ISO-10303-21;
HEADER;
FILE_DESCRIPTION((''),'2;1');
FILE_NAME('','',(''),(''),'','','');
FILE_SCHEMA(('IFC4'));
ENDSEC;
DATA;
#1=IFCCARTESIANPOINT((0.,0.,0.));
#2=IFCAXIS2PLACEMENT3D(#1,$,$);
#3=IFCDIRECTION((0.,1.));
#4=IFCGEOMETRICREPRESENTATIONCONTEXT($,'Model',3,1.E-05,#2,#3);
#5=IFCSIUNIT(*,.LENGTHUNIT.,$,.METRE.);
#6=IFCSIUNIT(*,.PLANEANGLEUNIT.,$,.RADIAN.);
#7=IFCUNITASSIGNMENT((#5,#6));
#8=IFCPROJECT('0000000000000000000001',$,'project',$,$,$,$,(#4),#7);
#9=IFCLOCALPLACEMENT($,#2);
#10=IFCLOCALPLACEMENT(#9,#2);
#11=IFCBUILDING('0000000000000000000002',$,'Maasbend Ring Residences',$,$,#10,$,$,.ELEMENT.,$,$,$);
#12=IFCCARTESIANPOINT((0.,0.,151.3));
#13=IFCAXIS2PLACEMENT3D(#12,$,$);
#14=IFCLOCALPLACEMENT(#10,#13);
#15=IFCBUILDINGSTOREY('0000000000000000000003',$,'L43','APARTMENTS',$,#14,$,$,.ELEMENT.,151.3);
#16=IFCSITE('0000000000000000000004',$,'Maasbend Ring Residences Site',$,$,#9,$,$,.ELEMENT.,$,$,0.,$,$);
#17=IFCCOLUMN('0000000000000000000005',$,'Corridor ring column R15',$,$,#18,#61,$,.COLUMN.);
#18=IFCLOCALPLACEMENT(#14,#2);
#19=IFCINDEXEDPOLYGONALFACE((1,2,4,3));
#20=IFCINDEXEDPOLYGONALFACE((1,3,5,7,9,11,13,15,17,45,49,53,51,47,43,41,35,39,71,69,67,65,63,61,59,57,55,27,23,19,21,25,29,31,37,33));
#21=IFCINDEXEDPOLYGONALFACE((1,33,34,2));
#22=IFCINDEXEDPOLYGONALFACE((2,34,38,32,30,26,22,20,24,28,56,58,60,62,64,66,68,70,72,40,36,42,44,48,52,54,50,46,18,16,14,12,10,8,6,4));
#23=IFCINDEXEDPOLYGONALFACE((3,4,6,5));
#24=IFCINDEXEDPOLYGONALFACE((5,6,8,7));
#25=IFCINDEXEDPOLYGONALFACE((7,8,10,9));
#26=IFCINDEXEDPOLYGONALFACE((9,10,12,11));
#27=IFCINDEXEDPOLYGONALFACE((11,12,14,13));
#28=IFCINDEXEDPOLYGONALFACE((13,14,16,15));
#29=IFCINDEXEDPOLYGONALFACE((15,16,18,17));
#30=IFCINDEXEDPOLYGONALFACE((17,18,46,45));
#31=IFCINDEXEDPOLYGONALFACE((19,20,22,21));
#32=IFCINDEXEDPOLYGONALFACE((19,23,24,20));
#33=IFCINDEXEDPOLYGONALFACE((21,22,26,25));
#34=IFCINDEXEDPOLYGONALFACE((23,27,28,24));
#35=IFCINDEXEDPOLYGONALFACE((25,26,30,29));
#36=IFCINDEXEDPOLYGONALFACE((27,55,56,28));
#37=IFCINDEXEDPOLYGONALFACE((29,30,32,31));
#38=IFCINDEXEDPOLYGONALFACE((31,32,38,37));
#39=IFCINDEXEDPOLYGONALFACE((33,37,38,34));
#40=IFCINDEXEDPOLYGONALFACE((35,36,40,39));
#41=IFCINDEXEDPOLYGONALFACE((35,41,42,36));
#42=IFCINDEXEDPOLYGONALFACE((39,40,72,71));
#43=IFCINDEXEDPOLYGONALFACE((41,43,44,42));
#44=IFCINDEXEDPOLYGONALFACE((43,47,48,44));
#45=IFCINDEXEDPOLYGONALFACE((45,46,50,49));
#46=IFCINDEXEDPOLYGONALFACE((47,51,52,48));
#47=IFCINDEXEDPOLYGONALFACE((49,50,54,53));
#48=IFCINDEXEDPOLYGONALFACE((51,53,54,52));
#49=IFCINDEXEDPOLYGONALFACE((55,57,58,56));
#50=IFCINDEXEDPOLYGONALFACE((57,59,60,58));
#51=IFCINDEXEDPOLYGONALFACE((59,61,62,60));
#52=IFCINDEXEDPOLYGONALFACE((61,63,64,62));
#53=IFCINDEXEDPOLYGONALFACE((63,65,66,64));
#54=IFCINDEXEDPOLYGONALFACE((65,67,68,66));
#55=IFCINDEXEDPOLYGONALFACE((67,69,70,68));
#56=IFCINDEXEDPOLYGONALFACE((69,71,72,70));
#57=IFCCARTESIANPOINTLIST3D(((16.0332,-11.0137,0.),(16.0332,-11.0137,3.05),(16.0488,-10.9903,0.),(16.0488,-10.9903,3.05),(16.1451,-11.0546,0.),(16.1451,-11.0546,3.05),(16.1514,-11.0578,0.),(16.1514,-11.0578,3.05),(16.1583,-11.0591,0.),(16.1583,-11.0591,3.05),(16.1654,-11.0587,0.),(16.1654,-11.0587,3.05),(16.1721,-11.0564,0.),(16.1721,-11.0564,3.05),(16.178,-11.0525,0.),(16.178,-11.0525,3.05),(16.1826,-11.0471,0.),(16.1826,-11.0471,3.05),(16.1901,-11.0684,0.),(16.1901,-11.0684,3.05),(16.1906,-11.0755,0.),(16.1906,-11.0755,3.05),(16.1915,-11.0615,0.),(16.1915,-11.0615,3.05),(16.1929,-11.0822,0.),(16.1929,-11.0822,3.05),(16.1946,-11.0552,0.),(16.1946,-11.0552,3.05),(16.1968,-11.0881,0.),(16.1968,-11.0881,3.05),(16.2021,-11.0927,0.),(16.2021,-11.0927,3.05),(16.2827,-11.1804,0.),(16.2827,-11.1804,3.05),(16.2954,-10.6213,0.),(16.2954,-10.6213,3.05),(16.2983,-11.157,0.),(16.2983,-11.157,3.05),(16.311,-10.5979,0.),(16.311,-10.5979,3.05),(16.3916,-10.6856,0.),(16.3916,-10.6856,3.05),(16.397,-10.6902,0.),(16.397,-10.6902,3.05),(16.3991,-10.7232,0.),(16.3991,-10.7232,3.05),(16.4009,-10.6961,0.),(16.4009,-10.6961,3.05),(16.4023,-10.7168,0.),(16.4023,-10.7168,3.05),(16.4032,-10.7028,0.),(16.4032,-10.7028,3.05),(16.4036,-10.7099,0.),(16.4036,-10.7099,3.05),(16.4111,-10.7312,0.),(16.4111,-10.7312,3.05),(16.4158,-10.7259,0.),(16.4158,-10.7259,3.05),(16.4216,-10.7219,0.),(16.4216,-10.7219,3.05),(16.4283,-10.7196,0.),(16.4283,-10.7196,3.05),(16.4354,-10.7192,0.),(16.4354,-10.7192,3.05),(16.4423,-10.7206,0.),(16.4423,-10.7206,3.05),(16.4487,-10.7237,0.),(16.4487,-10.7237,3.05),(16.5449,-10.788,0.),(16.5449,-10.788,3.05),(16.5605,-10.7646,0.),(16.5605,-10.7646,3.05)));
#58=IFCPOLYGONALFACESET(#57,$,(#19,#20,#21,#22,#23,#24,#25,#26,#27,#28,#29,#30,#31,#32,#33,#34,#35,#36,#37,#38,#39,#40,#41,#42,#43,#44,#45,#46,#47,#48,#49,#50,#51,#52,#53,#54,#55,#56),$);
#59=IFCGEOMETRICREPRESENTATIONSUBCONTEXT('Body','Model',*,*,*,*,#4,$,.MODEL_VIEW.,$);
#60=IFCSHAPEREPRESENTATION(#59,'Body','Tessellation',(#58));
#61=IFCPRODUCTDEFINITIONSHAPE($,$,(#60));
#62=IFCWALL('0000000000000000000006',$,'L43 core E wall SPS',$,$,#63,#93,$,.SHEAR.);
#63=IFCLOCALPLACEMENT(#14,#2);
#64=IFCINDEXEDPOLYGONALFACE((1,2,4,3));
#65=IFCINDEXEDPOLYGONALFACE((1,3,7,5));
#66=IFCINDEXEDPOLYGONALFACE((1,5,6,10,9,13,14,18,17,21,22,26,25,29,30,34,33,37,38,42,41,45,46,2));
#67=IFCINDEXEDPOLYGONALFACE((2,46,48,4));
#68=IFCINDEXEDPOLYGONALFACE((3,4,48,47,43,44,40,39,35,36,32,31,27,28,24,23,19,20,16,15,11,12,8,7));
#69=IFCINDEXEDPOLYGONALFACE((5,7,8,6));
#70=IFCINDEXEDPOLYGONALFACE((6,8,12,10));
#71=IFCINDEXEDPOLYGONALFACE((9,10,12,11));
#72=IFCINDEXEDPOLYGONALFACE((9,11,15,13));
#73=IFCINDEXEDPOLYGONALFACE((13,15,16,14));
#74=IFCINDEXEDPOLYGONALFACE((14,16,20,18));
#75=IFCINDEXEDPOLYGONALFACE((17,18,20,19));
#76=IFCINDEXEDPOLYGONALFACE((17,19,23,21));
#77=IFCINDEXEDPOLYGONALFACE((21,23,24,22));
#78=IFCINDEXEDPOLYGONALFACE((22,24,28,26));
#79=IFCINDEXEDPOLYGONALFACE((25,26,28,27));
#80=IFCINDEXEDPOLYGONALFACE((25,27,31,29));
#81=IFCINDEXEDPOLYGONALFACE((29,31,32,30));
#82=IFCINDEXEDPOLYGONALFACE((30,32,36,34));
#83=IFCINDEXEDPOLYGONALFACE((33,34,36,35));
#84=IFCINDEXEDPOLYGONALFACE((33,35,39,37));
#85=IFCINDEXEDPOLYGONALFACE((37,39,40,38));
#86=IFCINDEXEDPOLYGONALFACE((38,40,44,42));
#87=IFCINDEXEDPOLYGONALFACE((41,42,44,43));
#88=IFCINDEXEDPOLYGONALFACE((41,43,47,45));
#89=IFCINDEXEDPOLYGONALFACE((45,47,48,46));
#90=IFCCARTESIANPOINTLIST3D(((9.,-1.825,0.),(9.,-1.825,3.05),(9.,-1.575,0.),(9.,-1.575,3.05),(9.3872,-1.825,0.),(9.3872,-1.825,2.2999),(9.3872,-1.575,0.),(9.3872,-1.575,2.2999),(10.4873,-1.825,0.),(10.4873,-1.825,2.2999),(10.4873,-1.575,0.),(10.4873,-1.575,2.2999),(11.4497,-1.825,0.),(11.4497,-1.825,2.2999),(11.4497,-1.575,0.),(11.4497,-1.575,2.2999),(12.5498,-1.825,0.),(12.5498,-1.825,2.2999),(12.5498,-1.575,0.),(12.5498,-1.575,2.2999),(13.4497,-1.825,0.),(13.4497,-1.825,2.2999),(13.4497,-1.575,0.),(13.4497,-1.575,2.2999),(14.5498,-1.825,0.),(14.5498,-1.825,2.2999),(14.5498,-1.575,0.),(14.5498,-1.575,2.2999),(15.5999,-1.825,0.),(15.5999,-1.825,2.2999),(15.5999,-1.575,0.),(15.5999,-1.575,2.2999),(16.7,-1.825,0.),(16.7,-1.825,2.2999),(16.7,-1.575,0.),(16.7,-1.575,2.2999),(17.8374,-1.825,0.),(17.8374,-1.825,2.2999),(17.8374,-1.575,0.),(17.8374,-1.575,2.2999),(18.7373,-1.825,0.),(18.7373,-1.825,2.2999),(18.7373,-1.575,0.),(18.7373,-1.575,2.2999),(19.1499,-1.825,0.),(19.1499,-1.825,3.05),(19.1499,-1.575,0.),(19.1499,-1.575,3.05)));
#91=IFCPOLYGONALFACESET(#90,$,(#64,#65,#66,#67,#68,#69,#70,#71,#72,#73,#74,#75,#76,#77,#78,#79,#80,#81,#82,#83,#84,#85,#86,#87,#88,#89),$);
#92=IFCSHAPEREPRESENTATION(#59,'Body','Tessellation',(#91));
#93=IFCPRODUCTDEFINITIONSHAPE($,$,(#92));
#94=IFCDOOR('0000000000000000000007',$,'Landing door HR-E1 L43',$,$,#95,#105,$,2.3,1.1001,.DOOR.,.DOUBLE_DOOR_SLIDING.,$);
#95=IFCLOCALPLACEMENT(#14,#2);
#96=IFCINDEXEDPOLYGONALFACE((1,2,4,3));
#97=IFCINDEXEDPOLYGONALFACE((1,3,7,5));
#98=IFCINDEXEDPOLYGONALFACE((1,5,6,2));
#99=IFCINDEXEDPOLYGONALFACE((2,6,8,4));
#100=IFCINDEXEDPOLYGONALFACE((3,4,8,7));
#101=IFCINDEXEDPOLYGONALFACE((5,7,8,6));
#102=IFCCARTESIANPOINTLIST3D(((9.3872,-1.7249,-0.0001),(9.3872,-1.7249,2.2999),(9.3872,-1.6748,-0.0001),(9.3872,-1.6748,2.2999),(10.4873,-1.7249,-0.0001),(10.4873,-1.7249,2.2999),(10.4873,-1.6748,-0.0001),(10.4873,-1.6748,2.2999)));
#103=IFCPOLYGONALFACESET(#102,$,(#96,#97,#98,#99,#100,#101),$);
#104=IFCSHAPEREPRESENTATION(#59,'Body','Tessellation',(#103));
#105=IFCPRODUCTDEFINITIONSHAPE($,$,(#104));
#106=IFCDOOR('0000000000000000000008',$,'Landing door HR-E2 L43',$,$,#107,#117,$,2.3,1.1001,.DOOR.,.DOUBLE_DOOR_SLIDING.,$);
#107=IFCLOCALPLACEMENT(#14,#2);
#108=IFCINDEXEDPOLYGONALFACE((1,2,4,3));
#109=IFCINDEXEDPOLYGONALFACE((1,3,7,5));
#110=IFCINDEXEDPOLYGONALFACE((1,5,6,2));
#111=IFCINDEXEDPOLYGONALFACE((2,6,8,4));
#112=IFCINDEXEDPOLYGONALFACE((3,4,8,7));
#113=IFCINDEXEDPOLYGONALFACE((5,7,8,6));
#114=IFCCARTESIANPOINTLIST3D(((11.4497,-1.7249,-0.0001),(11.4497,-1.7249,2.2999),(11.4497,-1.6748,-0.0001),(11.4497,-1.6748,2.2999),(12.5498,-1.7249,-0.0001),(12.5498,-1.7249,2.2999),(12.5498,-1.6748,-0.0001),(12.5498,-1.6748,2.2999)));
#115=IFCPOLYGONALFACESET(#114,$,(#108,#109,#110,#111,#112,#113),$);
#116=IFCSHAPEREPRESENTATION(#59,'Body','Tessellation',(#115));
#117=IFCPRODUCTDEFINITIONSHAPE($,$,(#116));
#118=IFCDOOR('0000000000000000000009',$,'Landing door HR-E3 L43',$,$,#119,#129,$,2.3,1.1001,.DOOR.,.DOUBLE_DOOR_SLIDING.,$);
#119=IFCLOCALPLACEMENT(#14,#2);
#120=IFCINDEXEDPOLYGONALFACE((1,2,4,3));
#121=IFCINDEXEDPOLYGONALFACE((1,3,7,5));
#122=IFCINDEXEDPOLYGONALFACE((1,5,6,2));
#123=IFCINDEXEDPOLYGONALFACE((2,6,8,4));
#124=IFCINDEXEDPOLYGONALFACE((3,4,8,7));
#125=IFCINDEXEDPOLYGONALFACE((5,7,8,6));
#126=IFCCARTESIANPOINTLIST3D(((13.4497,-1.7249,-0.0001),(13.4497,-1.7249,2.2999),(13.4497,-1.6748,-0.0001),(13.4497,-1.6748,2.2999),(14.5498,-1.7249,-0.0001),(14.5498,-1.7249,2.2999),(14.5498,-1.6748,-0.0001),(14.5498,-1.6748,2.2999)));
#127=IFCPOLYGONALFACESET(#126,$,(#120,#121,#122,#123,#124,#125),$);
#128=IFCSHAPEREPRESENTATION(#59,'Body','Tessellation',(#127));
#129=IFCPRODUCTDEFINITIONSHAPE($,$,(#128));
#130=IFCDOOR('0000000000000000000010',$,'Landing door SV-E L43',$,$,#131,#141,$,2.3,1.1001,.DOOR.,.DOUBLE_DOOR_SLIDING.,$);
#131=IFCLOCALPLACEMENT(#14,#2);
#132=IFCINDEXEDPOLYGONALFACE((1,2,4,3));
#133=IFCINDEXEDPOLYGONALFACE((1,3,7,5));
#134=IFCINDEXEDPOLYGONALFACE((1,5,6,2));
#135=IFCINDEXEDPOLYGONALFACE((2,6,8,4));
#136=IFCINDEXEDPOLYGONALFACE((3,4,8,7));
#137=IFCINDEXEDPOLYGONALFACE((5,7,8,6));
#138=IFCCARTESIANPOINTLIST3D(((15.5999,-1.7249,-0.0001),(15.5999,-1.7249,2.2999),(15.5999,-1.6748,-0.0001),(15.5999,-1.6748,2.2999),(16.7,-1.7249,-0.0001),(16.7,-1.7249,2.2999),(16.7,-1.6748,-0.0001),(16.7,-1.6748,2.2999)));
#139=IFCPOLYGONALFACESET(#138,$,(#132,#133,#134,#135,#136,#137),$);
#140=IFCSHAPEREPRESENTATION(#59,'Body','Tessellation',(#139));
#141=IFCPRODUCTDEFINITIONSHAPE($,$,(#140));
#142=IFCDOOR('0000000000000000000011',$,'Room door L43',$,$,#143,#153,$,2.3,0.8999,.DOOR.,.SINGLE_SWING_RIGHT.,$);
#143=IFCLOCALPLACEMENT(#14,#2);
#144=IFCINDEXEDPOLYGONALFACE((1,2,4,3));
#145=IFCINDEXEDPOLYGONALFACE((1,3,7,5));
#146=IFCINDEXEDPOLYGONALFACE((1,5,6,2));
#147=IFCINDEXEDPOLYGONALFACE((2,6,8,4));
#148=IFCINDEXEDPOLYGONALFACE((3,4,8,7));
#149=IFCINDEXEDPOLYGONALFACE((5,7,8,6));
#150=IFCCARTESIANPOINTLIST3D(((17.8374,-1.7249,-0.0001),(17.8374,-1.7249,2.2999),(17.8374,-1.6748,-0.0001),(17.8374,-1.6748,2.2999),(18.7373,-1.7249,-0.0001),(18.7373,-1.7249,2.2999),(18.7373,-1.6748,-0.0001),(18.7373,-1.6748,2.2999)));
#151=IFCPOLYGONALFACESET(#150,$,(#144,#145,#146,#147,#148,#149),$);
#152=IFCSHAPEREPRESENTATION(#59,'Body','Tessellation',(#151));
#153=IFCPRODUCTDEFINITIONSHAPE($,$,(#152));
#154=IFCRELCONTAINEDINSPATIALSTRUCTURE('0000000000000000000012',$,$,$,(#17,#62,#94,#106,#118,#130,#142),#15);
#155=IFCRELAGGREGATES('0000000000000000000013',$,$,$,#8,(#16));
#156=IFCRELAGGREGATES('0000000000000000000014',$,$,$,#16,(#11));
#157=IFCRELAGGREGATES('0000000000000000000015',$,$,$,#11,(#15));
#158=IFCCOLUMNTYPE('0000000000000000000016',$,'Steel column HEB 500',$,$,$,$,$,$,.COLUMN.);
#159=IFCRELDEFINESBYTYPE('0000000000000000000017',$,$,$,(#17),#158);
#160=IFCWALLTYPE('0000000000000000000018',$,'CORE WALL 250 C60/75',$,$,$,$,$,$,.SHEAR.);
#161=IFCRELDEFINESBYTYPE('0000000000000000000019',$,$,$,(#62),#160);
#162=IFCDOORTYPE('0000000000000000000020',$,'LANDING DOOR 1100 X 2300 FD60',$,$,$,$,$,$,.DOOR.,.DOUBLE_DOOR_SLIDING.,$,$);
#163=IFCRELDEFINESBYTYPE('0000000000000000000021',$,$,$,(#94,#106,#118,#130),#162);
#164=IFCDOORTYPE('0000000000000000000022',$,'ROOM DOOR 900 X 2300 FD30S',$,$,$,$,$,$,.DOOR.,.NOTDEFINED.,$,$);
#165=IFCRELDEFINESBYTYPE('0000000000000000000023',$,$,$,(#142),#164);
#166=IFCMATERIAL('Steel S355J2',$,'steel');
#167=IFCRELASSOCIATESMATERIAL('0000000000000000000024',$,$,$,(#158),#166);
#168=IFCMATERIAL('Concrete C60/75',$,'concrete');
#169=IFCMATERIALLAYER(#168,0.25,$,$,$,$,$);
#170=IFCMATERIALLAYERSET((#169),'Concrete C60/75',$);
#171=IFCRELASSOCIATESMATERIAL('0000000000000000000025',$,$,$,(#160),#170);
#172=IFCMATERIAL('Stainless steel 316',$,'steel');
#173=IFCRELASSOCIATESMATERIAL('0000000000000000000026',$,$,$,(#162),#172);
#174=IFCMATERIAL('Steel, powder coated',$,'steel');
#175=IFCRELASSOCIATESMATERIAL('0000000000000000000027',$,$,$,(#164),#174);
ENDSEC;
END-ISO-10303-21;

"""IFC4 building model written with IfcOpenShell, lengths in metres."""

from ifc_helpers import new_model, si_unit, direction, frame, frame_2d, origin, origin_2d, place, context, subcontext, project, spatial, rectangle, i_section, extrude, material, layer, layer_set, material_profile, profile_set, type_object, element, fill, save


model = new_model("IFC4")

# Units and contexts
model_context = context("Model", 3, precision=1e-05, world=origin(), true_north=direction((0.0, 1.0)))
body_context = subcontext(model_context, "Body", "Model", "MODEL_VIEW")
ifc_project = project(units=[si_unit("LENGTHUNIT", "METRE"), si_unit("PLANEANGLEUNIT", "RADIAN")], contexts=[model_context])

# Site, building, storey
site_placement = place(None, origin())
site = spatial("IfcSite", under=ifc_project, at=site_placement, Name="Maasbend Ring Residences Site", CompositionType="ELEMENT", RefElevation=0.0)
building_placement = place(site_placement, origin())
building = spatial("IfcBuilding", under=site, at=building_placement, Name="Maasbend Ring Residences", CompositionType="ELEMENT")
storey_placement = place(building_placement, frame((0.0, 0.0, 151.3)))
storey = spatial("IfcBuildingStorey", under=building, at=storey_placement, Name="L43", Description="APARTMENTS", CompositionType="ELEMENT", Elevation=151.3)

# Column
ifc_material_1 = material(Name="Steel S355J2", Category="steel")
ifc_material_profile = material_profile(ifc_material_1, i_section(OverallWidth=0.3, OverallDepth=0.5, WebThickness=0.0144, FlangeThickness=0.0281, FilletRadius=0.0271, at=origin_2d()), Name="HEB 500")
ifc_profile_set = profile_set([ifc_material_profile], Name="Steel S355J2")
column_type = type_object("IfcColumnType", Name="Steel column HEB 500", PredefinedType="COLUMN", material=ifc_profile_set)
column_placement = place(storey_placement, frame((16.2969, -10.8892, 0.0), z_axis=(0.0, 0.0, 1.0), x_axis=(0.83147, -0.55557, 0.0)))
element("IfcColumn", 1, at=column_placement, inside=storey, type_object=column_type, Name="Corridor ring column R15", PredefinedType="COLUMN", context=body_context, shape_type="SweptSolid", body=[
    extrude(i_section(OverallWidth=0.3, OverallDepth=0.5, WebThickness=0.0144, FlangeThickness=0.0281, FilletRadius=0.0271, at=origin_2d()), origin(), (0.0, 0.0, 1.0), 3.05),
])

# Wall, openings, doors
ifc_material_2 = material(Name="Concrete C60/75", Category="concrete")
ifc_layer_1 = layer(ifc_material_2, 0.25)
ifc_layer_set_1 = layer_set([ifc_layer_1], Name="Concrete C60/75")
wall_type_1 = type_object("IfcWallType", Name="CORE WALL 250 C60/75", PredefinedType="SHEAR", material=ifc_layer_set_1)
wall_1_placement = place(storey_placement, frame((19.1499, -1.7, 0.0), z_axis=(0.0, 0.0, 1.0), x_axis=(-1.0, 0.0, 0.0)))
wall_1 = element("IfcWall", 2, at=wall_1_placement, inside=storey, type_object=wall_type_1, Name="L43 core E wall SPS", PredefinedType="SHEAR", context=body_context, shape_type="SweptSolid", body=[
    extrude(rectangle(XDim=10.1499, YDim=0.25, at=frame_2d((5.075, 0.0))), origin(), (0.0, 0.0, 1.0), 3.05),
])
opening_1_placement = place(wall_1_placement, frame((8.6626, 0.0, 0.0)))
opening_1 = element("IfcOpeningElement", 3, at=opening_1_placement, cuts=wall_1, PredefinedType="OPENING", context=body_context, shape_type="SweptSolid", body=[
    extrude(rectangle(XDim=1.1001, YDim=2.3, at=frame_2d((0.55, 1.1499))), frame((0.0, 0.135, 0.0), z_axis=(0.0, -1.0, 0.0), x_axis=(1.0, 0.0, 0.0)), (0.0, 0.0, 1.0), 0.27),
])
opening_2_placement = place(wall_1_placement, frame((6.6001, 0.0, 0.0)))
opening_2 = element("IfcOpeningElement", 4, at=opening_2_placement, cuts=wall_1, PredefinedType="OPENING", context=body_context, shape_type="SweptSolid", body=[
    extrude(rectangle(XDim=1.1001, YDim=2.3, at=frame_2d((0.55, 1.1499))), frame((0.0, 0.135, 0.0), z_axis=(0.0, -1.0, 0.0), x_axis=(1.0, 0.0, 0.0)), (0.0, 0.0, 1.0), 0.27),
])
opening_3_placement = place(wall_1_placement, frame((4.6001, 0.0, 0.0)))
opening_3 = element("IfcOpeningElement", 5, at=opening_3_placement, cuts=wall_1, PredefinedType="OPENING", context=body_context, shape_type="SweptSolid", body=[
    extrude(rectangle(XDim=1.1001, YDim=2.3, at=frame_2d((0.55, 1.1499))), frame((0.0, 0.135, 0.0), z_axis=(0.0, -1.0, 0.0), x_axis=(1.0, 0.0, 0.0)), (0.0, 0.0, 1.0), 0.27),
])
opening_4_placement = place(wall_1_placement, frame((2.45, 0.0, 0.0)))
opening_4 = element("IfcOpeningElement", 6, at=opening_4_placement, cuts=wall_1, PredefinedType="OPENING", context=body_context, shape_type="SweptSolid", body=[
    extrude(rectangle(XDim=1.1001, YDim=2.3, at=frame_2d((0.55, 1.1499))), frame((0.0, 0.135, 0.0), z_axis=(0.0, -1.0, 0.0), x_axis=(1.0, 0.0, 0.0)), (0.0, 0.0, 1.0), 0.27),
])
opening_5_placement = place(wall_1_placement, frame((0.4126, 0.0, 0.0)))
opening_5 = element("IfcOpeningElement", 7, at=opening_5_placement, cuts=wall_1, PredefinedType="OPENING", context=body_context, shape_type="SweptSolid", body=[
    extrude(rectangle(XDim=0.8999, YDim=2.3, at=frame_2d((0.45, 1.1499))), frame((0.0, 0.135, 0.0), z_axis=(0.0, -1.0, 0.0), x_axis=(1.0, 0.0, 0.0)), (0.0, 0.0, 1.0), 0.27),
])
ifc_material_3 = material(Name="Stainless steel 316", Category="steel")
door_type_1 = type_object("IfcDoorType", Name="LANDING DOOR 1100 X 2300 FD60", OperationType="DOUBLE_DOOR_SLIDING", PredefinedType="DOOR", material=ifc_material_3)
door_1_placement = place(opening_1_placement, origin())
door_1 = element("IfcDoor", 8, at=door_1_placement, inside=storey, type_object=door_type_1, Name="Landing door HR-E1 L43", OperationType="DOUBLE_DOOR_SLIDING", OverallHeight=2.3, OverallWidth=1.1001, PredefinedType="DOOR", context=body_context, shape_type="SweptSolid", body=[
    extrude(rectangle(XDim=1.1001, YDim=2.3, at=frame_2d((0.55, 1.1499))), frame((0.0, 0.0249, 0.0), z_axis=(0.0, -1.0, 0.0), x_axis=(1.0, 0.0, 0.0)), (0.0, 0.0, 1.0), 0.05),
])
fill(opening_1, door_1)
door_2_placement = place(opening_2_placement, origin())
door_2 = element("IfcDoor", 9, at=door_2_placement, inside=storey, type_object=door_type_1, Name="Landing door HR-E2 L43", OperationType="DOUBLE_DOOR_SLIDING", OverallHeight=2.3, OverallWidth=1.1001, PredefinedType="DOOR", context=body_context, shape_type="SweptSolid", body=[
    extrude(rectangle(XDim=1.1001, YDim=2.3, at=frame_2d((0.55, 1.1499))), frame((0.0, 0.0249, 0.0), z_axis=(0.0, -1.0, 0.0), x_axis=(1.0, 0.0, 0.0)), (0.0, 0.0, 1.0), 0.05),
])
fill(opening_2, door_2)
door_3_placement = place(opening_3_placement, origin())
door_3 = element("IfcDoor", 10, at=door_3_placement, inside=storey, type_object=door_type_1, Name="Landing door HR-E3 L43", OperationType="DOUBLE_DOOR_SLIDING", OverallHeight=2.3, OverallWidth=1.1001, PredefinedType="DOOR", context=body_context, shape_type="SweptSolid", body=[
    extrude(rectangle(XDim=1.1001, YDim=2.3, at=frame_2d((0.55, 1.1499))), frame((0.0, 0.0249, 0.0), z_axis=(0.0, -1.0, 0.0), x_axis=(1.0, 0.0, 0.0)), (0.0, 0.0, 1.0), 0.05),
])
fill(opening_3, door_3)
door_4_placement = place(opening_4_placement, origin())
door_4 = element("IfcDoor", 11, at=door_4_placement, inside=storey, type_object=door_type_1, Name="Landing door SV-E L43", OperationType="DOUBLE_DOOR_SLIDING", OverallHeight=2.3, OverallWidth=1.1001, PredefinedType="DOOR", context=body_context, shape_type="SweptSolid", body=[
    extrude(rectangle(XDim=1.1001, YDim=2.3, at=frame_2d((0.55, 1.1499))), frame((0.0, 0.0249, 0.0), z_axis=(0.0, -1.0, 0.0), x_axis=(1.0, 0.0, 0.0)), (0.0, 0.0, 1.0), 0.05),
])
fill(opening_4, door_4)
ifc_material_4 = material(Name="Steel, powder coated", Category="steel")
door_type_2 = type_object("IfcDoorType", Name="ROOM DOOR 900 X 2300 FD30S", OperationType="NOTDEFINED", PredefinedType="DOOR", material=ifc_material_4)
door_5_placement = place(opening_5_placement, origin())
door_5 = element("IfcDoor", 12, at=door_5_placement, inside=storey, type_object=door_type_2, Name="Room door L43", OperationType="SINGLE_SWING_RIGHT", OverallHeight=2.3, OverallWidth=0.8999, PredefinedType="DOOR", context=body_context, shape_type="SweptSolid", body=[
    extrude(rectangle(XDim=0.8999, YDim=2.3, at=frame_2d((0.45, 1.1499))), frame((0.0, 0.0249, 0.0), z_axis=(0.0, -1.0, 0.0), x_axis=(1.0, 0.0, 0.0)), (0.0, 0.0, 1.0), 0.05),
])
fill(opening_5, door_5)

save(model, "model.ifc")
